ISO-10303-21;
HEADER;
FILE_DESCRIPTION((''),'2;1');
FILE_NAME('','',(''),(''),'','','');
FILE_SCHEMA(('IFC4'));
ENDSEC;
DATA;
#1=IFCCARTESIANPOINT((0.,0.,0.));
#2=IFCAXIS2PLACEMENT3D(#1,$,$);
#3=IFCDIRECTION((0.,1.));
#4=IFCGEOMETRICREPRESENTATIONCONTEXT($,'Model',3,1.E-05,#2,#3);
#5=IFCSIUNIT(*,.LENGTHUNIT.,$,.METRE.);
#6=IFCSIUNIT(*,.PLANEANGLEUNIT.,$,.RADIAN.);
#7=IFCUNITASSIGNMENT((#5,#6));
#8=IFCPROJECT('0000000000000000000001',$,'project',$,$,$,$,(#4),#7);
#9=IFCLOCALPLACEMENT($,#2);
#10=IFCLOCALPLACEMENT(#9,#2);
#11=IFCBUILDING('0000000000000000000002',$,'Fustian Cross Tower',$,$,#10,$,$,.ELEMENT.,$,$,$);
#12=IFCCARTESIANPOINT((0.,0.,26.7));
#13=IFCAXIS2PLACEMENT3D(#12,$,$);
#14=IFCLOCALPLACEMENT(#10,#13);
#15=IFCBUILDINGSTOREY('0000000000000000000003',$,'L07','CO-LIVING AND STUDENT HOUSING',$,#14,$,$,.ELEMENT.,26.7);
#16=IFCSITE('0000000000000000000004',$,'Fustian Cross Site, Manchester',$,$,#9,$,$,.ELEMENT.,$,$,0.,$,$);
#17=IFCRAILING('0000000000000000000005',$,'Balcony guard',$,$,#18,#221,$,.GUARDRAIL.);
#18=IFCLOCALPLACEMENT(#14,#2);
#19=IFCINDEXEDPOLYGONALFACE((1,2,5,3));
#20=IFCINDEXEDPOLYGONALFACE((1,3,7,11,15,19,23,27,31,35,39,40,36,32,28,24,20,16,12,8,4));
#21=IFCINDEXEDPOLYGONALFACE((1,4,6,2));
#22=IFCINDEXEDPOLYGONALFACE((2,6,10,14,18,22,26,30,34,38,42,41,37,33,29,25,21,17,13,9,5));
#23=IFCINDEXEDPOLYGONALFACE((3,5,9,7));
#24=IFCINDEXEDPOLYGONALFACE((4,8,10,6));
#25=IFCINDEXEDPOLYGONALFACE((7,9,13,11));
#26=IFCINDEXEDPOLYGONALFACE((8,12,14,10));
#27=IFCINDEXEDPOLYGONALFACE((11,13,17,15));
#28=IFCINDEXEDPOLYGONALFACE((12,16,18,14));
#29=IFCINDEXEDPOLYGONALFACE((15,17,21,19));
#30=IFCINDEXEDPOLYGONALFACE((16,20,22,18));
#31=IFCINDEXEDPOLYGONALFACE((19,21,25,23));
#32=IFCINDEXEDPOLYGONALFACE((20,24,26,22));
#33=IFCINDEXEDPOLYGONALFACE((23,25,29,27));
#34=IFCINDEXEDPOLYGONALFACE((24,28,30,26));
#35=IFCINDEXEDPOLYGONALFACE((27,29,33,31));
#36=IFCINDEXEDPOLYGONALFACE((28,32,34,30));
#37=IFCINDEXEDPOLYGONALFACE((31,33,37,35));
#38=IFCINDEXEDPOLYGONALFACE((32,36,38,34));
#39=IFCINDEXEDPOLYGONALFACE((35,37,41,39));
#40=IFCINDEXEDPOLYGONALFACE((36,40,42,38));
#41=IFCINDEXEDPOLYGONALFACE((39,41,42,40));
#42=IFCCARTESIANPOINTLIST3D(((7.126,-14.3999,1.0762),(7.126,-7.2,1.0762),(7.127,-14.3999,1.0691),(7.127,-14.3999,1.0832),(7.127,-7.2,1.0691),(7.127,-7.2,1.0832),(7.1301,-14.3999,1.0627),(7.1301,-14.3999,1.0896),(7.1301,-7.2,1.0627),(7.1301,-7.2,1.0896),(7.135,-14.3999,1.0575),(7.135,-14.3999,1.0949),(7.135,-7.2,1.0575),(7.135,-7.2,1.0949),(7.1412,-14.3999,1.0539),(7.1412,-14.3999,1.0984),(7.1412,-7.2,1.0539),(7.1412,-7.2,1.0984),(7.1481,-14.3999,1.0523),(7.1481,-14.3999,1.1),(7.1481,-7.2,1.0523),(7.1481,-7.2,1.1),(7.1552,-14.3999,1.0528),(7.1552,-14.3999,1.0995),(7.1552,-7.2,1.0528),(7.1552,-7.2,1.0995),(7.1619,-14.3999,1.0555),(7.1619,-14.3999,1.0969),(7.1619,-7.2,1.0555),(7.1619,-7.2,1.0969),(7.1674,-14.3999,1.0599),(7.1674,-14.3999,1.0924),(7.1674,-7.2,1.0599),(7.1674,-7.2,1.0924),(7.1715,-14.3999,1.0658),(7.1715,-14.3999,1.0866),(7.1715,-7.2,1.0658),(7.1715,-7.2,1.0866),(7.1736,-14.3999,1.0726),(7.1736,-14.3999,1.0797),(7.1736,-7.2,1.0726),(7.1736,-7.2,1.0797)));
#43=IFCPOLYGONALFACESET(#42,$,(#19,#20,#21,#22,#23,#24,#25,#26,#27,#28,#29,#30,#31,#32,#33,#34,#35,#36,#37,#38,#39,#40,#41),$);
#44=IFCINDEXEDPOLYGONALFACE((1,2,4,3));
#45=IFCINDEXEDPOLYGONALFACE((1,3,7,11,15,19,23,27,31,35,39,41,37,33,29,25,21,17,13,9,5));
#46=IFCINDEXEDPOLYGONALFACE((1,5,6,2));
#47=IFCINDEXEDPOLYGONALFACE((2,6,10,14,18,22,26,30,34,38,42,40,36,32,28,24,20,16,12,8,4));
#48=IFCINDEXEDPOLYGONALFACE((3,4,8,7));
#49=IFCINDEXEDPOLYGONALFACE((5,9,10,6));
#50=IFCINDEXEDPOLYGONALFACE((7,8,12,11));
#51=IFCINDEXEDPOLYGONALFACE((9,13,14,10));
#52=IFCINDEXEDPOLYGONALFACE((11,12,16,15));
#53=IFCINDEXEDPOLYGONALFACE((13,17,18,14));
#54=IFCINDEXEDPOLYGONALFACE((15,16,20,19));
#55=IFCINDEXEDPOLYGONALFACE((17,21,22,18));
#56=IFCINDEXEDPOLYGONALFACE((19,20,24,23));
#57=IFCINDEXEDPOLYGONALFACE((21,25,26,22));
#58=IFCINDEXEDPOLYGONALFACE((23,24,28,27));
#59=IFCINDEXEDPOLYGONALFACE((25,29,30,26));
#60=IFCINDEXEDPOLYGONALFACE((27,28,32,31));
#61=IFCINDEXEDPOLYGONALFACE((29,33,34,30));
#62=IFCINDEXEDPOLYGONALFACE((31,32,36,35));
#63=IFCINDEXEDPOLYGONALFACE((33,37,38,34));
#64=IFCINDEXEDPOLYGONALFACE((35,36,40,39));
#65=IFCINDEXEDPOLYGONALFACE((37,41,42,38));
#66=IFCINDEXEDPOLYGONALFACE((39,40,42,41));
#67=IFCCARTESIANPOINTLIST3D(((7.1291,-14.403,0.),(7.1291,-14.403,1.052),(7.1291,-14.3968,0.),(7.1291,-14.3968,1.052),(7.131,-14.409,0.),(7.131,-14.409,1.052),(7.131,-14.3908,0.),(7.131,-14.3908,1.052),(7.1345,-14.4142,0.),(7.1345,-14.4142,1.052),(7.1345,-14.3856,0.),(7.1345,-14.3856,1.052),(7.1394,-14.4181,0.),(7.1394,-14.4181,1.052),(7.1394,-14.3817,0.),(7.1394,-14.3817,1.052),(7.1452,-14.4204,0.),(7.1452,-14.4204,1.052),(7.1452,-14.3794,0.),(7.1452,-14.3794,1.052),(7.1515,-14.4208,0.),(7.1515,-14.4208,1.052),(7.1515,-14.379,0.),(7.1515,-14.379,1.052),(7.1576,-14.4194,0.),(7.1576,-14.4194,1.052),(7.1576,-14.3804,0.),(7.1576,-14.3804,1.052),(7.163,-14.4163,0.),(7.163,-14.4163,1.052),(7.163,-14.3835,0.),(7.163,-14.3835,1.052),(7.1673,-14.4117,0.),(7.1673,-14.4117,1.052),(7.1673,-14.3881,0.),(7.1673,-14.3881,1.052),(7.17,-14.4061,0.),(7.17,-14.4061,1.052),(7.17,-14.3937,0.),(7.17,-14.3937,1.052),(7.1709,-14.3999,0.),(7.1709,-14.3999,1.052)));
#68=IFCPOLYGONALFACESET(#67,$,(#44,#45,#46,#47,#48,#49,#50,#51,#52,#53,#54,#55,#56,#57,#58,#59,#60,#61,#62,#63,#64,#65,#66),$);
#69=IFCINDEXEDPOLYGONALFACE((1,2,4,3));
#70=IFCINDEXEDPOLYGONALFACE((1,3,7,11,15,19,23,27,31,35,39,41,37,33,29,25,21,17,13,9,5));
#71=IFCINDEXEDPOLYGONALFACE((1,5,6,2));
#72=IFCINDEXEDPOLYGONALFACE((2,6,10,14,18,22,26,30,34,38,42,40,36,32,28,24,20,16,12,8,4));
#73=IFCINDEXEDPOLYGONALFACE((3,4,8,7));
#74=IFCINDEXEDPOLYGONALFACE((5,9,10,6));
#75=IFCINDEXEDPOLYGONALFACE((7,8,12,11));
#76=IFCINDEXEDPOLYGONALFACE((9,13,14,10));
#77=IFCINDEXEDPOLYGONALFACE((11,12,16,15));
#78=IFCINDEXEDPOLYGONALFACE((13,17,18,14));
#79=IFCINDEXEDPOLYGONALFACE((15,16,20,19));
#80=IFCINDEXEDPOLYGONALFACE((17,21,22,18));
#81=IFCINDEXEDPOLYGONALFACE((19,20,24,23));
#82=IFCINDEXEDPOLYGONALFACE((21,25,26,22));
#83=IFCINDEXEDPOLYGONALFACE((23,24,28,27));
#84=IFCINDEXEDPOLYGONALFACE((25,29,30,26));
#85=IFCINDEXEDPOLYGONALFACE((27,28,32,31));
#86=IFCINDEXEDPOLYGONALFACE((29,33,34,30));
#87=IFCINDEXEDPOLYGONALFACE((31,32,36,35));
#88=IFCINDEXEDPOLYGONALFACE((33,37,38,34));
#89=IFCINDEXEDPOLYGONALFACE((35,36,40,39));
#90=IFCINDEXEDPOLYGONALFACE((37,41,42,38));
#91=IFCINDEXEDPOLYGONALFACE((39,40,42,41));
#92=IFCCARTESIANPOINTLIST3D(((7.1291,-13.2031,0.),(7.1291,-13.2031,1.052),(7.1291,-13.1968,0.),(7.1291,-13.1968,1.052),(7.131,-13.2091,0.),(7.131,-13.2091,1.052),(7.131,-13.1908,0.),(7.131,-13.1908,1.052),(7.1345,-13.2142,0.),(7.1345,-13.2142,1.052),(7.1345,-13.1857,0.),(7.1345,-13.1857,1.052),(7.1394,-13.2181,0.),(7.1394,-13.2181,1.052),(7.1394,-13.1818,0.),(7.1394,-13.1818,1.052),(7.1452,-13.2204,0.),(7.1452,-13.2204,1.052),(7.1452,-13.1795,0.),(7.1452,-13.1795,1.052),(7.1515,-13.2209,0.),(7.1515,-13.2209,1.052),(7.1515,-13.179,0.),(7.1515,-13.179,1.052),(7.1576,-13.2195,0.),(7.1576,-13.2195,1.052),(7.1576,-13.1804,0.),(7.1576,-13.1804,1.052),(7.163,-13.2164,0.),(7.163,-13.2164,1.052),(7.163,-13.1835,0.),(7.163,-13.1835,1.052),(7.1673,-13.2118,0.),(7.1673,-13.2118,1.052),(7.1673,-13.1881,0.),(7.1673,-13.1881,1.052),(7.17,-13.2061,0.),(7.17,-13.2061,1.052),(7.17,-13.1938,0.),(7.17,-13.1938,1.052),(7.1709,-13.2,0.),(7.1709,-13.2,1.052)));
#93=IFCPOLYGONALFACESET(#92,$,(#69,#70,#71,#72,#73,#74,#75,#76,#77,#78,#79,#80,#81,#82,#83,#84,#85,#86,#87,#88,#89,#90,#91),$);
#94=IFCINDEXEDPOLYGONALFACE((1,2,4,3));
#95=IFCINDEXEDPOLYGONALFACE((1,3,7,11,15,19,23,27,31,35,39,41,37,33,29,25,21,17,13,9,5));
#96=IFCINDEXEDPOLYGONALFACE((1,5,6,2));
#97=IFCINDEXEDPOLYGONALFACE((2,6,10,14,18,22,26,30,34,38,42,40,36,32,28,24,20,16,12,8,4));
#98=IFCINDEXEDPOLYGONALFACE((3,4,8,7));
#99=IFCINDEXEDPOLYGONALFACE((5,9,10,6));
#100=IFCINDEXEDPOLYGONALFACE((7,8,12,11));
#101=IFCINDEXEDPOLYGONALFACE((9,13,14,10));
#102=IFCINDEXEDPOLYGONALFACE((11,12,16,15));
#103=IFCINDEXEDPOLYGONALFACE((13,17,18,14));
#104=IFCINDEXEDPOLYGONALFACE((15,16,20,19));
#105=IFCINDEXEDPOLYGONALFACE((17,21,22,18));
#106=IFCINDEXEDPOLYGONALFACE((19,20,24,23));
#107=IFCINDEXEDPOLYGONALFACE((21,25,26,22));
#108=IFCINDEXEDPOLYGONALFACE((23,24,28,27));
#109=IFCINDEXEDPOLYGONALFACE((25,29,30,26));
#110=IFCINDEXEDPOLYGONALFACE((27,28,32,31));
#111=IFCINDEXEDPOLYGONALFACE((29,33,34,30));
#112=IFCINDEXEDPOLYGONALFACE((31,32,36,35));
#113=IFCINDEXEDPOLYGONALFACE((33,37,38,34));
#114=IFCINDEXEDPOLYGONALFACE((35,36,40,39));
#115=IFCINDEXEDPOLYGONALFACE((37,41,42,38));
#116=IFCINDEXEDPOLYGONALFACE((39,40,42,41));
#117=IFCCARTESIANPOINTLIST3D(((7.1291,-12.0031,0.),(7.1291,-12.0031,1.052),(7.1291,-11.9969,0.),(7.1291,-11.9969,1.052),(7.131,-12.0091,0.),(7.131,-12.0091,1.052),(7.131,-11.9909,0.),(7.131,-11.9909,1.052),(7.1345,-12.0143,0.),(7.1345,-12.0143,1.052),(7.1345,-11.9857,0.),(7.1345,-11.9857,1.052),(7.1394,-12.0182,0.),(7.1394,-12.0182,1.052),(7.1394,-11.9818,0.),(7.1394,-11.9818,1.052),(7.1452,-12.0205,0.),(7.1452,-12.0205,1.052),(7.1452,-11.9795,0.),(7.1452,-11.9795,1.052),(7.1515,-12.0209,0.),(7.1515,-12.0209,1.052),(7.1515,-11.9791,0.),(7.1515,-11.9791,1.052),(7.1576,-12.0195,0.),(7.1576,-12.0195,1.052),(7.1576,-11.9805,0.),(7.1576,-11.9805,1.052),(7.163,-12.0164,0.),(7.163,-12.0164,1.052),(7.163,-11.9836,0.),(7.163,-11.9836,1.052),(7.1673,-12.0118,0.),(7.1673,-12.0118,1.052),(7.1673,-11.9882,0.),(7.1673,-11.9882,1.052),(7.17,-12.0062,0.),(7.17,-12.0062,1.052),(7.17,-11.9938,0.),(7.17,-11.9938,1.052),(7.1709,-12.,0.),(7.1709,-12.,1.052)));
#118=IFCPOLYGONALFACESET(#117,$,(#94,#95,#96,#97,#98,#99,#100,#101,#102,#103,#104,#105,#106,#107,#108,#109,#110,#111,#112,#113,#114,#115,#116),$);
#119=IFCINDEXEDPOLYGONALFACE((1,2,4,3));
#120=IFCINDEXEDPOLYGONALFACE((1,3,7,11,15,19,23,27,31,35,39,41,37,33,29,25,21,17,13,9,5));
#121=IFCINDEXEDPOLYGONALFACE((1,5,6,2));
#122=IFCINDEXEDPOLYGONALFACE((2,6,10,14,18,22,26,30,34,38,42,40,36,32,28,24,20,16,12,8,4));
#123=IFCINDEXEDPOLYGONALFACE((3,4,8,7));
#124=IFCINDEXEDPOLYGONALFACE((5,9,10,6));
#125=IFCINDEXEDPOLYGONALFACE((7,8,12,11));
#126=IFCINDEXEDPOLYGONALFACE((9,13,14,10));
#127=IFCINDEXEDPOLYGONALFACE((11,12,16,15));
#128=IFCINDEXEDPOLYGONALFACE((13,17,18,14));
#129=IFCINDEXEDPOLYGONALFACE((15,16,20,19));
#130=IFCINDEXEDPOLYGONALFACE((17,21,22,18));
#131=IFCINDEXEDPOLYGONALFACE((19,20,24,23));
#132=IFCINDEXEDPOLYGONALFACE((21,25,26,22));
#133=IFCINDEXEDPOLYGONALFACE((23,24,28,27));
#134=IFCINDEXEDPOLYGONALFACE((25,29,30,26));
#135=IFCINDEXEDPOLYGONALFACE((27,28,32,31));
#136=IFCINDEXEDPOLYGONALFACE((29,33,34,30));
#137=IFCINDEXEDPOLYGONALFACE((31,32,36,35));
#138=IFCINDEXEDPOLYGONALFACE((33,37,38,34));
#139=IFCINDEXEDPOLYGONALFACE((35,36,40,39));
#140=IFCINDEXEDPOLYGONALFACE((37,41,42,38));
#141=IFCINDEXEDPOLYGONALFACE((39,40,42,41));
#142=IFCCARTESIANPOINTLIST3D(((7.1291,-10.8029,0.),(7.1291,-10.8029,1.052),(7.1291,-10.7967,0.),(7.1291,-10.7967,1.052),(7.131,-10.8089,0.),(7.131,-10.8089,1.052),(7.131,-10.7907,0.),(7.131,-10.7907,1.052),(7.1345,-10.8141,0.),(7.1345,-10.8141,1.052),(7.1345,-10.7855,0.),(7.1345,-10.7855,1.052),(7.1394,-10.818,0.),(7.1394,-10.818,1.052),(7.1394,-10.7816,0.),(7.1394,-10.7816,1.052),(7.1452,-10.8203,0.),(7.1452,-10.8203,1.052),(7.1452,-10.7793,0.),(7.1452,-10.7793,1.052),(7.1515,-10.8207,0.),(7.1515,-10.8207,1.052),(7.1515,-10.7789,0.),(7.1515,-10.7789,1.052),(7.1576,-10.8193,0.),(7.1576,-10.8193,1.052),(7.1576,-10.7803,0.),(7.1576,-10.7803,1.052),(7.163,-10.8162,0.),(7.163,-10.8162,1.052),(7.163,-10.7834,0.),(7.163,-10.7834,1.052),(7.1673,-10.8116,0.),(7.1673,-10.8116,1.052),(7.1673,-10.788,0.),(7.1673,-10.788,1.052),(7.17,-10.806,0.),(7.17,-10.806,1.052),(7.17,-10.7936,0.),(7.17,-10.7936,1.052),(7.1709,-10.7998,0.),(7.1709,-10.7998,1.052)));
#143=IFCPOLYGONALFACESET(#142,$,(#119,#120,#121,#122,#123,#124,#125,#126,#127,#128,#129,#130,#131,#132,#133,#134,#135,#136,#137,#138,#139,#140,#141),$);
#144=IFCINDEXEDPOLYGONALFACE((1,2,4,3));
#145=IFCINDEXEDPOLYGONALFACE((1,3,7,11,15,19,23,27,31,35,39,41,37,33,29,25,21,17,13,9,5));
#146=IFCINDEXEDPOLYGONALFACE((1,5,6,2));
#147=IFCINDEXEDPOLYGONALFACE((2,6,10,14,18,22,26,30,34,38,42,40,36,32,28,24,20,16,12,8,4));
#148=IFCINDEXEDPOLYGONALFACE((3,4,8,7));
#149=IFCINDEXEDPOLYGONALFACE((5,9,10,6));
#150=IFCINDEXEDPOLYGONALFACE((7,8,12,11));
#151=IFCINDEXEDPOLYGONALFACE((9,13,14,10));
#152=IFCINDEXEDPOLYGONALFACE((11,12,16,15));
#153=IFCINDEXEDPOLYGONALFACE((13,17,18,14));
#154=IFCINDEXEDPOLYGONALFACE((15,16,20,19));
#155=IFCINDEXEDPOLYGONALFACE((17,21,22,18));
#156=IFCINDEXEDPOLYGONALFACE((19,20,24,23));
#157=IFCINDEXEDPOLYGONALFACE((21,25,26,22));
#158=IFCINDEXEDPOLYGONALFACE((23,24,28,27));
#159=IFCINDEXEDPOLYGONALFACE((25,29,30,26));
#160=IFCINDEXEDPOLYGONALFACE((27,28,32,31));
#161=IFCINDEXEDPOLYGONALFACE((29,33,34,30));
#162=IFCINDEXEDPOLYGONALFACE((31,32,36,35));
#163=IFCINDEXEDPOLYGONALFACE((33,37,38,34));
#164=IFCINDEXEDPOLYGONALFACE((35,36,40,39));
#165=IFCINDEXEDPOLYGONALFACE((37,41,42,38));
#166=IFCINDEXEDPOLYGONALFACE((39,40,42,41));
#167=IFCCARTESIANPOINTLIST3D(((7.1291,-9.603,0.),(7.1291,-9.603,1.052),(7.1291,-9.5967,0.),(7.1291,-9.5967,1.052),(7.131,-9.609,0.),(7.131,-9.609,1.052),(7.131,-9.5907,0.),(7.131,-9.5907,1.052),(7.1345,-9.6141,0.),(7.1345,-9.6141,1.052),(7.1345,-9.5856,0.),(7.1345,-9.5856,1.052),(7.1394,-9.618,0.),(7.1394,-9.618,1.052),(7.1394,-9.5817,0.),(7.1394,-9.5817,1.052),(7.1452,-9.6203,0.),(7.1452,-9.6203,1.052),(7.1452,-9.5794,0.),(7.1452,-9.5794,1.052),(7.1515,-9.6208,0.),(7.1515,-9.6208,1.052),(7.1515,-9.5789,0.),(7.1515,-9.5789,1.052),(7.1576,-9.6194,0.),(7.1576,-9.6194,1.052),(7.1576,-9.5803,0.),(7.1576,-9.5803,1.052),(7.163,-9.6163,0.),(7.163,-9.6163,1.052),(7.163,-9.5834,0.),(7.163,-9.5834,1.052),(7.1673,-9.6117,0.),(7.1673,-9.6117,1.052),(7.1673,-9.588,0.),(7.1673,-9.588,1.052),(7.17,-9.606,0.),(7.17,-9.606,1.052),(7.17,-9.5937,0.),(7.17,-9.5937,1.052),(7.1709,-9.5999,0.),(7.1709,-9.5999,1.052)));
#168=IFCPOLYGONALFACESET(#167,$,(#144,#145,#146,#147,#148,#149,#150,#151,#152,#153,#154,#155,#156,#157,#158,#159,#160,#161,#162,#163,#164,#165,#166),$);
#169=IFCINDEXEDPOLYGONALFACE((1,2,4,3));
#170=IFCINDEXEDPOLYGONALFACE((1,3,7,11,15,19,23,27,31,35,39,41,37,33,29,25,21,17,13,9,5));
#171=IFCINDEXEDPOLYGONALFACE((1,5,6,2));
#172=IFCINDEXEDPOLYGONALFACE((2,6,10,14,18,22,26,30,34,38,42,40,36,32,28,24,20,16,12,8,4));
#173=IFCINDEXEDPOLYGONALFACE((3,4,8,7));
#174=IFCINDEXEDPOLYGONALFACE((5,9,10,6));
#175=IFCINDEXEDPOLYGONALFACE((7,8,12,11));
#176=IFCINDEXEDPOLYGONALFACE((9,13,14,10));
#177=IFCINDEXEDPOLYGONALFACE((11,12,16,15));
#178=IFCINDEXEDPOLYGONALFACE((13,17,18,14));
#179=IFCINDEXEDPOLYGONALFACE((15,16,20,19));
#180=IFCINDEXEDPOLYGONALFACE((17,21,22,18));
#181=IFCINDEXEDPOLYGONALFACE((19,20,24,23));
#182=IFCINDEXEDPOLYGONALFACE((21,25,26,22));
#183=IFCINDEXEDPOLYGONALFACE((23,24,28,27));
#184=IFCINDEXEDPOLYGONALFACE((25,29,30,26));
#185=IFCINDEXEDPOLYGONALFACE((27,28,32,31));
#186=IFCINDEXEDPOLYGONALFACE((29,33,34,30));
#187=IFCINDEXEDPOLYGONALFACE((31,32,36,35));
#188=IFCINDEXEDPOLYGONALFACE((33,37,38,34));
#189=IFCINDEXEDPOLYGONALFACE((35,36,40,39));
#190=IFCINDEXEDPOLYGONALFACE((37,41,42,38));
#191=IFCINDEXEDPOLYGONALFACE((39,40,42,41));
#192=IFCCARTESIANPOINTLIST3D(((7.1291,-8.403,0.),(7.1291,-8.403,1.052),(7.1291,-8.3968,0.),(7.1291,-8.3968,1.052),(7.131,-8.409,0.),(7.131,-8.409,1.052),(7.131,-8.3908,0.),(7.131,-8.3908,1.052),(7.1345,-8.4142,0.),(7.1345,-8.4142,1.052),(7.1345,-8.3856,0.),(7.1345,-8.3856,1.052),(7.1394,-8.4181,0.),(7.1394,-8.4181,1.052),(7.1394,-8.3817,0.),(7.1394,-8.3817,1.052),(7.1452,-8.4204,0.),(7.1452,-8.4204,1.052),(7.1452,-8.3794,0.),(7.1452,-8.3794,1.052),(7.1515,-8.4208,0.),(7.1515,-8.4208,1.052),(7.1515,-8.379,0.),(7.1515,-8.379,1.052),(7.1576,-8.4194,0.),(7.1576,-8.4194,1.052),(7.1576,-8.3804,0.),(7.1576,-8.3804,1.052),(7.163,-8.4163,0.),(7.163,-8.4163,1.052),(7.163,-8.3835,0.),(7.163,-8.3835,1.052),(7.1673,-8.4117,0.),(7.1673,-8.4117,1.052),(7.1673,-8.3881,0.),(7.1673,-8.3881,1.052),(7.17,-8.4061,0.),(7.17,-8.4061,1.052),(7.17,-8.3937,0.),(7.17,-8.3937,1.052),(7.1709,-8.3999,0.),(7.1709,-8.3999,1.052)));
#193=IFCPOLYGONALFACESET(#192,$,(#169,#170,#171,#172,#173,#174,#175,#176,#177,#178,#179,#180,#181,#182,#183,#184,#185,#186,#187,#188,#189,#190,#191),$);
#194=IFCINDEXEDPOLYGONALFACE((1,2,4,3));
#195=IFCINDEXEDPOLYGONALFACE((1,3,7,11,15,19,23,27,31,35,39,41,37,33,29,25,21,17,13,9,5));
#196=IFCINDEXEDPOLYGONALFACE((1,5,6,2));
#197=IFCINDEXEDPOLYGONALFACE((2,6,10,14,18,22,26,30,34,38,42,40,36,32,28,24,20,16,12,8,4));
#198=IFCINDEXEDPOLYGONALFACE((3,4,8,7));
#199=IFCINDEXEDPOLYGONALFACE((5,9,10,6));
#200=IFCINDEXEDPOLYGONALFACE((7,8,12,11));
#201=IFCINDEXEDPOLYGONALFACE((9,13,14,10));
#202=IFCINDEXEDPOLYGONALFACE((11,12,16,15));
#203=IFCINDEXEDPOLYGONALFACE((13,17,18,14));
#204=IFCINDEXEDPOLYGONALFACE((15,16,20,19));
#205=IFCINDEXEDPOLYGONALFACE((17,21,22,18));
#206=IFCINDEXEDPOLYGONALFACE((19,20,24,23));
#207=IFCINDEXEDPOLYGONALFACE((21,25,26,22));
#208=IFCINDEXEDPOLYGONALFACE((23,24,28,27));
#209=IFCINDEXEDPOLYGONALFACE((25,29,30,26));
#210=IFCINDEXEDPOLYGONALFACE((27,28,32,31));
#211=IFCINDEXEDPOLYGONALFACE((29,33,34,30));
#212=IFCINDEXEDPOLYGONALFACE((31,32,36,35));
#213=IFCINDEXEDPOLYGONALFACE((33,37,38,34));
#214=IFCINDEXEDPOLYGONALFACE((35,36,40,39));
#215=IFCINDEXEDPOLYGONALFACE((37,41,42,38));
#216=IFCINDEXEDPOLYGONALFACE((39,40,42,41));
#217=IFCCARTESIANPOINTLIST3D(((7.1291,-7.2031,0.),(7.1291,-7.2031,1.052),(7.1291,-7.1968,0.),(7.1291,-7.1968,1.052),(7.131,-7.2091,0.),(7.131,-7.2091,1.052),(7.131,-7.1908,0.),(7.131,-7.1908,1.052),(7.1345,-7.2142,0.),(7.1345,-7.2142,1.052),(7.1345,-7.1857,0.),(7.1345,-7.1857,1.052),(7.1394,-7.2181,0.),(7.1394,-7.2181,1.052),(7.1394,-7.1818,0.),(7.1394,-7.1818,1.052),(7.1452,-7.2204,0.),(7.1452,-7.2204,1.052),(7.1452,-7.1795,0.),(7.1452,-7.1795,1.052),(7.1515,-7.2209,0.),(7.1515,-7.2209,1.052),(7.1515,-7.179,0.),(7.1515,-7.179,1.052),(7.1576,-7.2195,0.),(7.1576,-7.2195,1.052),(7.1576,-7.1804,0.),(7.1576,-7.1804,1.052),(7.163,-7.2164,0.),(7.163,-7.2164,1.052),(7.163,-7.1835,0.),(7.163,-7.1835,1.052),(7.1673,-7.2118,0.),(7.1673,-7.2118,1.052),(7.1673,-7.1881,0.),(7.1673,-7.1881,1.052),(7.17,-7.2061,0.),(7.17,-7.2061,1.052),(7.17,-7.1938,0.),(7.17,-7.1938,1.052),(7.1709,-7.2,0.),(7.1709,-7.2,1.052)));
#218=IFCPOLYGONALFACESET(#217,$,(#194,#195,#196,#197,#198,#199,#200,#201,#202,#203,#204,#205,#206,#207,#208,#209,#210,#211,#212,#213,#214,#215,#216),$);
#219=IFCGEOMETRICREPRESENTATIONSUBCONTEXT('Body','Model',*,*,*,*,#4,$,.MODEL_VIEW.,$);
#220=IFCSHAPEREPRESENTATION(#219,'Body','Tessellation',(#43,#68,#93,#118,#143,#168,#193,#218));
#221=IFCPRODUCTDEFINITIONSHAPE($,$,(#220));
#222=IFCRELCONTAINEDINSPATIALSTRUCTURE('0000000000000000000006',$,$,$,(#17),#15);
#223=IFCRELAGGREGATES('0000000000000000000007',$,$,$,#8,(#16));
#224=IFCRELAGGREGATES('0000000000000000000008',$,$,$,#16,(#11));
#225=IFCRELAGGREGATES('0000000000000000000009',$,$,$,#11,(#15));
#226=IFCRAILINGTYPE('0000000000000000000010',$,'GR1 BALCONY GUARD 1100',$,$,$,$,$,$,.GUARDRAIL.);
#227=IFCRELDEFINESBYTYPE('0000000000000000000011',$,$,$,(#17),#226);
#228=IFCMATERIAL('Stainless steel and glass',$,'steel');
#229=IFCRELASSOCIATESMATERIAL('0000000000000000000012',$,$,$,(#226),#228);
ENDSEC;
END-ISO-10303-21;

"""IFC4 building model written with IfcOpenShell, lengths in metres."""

from ifc_helpers import new_model, si_unit, direction, frame, origin, origin_2d, place, context, subcontext, project, spatial, circle, extrude, material, type_object, element, save


model = new_model("IFC4")

# Units and contexts
model_context = context("Model", 3, precision=1e-05, world=origin(), true_north=direction((0.0, 1.0)))
body_context = subcontext(model_context, "Body", "Model", "MODEL_VIEW")
ifc_project = project(units=[si_unit("LENGTHUNIT", "METRE"), si_unit("PLANEANGLEUNIT", "RADIAN")], contexts=[model_context])

# Site, building, storey
site_placement = place(None, origin())
site = spatial("IfcSite", under=ifc_project, at=site_placement, Name="Fustian Cross Site, Manchester", CompositionType="ELEMENT", RefElevation=0.0)
building_placement = place(site_placement, origin())
building = spatial("IfcBuilding", under=site, at=building_placement, Name="Fustian Cross Tower", CompositionType="ELEMENT")
storey_placement = place(building_placement, frame((0.0, 0.0, 26.7)))
storey = spatial("IfcBuildingStorey", under=building, at=storey_placement, Name="L07", Description="CO-LIVING AND STUDENT HOUSING", CompositionType="ELEMENT", Elevation=26.7)

# Railing
ifc_material_1 = material(Name="Stainless steel and glass", Category="steel")
railing_type = type_object("IfcRailingType", Name="GR1 BALCONY GUARD 1100", PredefinedType="GUARDRAIL", material=ifc_material_1)
railing_placement = place(storey_placement, frame((7.1499, -14.3999, 0.0)))
element("IfcRailing", 1, at=railing_placement, inside=storey, type_object=railing_type, Name="Balcony guard", PredefinedType="GUARDRAIL", context=body_context, shape_type="SweptSolid", body=[
    extrude(circle(Radius=0.0239, at=origin_2d()), frame((0.0, 0.0, 1.0762), z_axis=(0.0, 1.0, 0.0), x_axis=(-1.0, 0.0, 0.0)), (0.0, 0.0, 1.0), 7.2),
    extrude(circle(Radius=0.021, at=origin_2d()), origin(), (0.0, 0.0, 1.0), 1.052),
    extrude(circle(Radius=0.021, at=origin_2d()), frame((0.0, 1.2, 0.0)), (0.0, 0.0, 1.0), 1.052),
    extrude(circle(Radius=0.021, at=origin_2d()), frame((0.0, 2.3999, 0.0)), (0.0, 0.0, 1.0), 1.052),
    extrude(circle(Radius=0.021, at=origin_2d()), frame((0.0, 3.6001, 0.0)), (0.0, 0.0, 1.0), 1.052),
    extrude(circle(Radius=0.021, at=origin_2d()), frame((0.0, 4.8, 0.0)), (0.0, 0.0, 1.0), 1.052),
    extrude(circle(Radius=0.021, at=origin_2d()), frame((0.0, 6.0, 0.0)), (0.0, 0.0, 1.0), 1.052),
    extrude(circle(Radius=0.021, at=origin_2d()), frame((0.0, 7.2, 0.0)), (0.0, 0.0, 1.0), 1.052),
])

save(model, "model.ifc")
